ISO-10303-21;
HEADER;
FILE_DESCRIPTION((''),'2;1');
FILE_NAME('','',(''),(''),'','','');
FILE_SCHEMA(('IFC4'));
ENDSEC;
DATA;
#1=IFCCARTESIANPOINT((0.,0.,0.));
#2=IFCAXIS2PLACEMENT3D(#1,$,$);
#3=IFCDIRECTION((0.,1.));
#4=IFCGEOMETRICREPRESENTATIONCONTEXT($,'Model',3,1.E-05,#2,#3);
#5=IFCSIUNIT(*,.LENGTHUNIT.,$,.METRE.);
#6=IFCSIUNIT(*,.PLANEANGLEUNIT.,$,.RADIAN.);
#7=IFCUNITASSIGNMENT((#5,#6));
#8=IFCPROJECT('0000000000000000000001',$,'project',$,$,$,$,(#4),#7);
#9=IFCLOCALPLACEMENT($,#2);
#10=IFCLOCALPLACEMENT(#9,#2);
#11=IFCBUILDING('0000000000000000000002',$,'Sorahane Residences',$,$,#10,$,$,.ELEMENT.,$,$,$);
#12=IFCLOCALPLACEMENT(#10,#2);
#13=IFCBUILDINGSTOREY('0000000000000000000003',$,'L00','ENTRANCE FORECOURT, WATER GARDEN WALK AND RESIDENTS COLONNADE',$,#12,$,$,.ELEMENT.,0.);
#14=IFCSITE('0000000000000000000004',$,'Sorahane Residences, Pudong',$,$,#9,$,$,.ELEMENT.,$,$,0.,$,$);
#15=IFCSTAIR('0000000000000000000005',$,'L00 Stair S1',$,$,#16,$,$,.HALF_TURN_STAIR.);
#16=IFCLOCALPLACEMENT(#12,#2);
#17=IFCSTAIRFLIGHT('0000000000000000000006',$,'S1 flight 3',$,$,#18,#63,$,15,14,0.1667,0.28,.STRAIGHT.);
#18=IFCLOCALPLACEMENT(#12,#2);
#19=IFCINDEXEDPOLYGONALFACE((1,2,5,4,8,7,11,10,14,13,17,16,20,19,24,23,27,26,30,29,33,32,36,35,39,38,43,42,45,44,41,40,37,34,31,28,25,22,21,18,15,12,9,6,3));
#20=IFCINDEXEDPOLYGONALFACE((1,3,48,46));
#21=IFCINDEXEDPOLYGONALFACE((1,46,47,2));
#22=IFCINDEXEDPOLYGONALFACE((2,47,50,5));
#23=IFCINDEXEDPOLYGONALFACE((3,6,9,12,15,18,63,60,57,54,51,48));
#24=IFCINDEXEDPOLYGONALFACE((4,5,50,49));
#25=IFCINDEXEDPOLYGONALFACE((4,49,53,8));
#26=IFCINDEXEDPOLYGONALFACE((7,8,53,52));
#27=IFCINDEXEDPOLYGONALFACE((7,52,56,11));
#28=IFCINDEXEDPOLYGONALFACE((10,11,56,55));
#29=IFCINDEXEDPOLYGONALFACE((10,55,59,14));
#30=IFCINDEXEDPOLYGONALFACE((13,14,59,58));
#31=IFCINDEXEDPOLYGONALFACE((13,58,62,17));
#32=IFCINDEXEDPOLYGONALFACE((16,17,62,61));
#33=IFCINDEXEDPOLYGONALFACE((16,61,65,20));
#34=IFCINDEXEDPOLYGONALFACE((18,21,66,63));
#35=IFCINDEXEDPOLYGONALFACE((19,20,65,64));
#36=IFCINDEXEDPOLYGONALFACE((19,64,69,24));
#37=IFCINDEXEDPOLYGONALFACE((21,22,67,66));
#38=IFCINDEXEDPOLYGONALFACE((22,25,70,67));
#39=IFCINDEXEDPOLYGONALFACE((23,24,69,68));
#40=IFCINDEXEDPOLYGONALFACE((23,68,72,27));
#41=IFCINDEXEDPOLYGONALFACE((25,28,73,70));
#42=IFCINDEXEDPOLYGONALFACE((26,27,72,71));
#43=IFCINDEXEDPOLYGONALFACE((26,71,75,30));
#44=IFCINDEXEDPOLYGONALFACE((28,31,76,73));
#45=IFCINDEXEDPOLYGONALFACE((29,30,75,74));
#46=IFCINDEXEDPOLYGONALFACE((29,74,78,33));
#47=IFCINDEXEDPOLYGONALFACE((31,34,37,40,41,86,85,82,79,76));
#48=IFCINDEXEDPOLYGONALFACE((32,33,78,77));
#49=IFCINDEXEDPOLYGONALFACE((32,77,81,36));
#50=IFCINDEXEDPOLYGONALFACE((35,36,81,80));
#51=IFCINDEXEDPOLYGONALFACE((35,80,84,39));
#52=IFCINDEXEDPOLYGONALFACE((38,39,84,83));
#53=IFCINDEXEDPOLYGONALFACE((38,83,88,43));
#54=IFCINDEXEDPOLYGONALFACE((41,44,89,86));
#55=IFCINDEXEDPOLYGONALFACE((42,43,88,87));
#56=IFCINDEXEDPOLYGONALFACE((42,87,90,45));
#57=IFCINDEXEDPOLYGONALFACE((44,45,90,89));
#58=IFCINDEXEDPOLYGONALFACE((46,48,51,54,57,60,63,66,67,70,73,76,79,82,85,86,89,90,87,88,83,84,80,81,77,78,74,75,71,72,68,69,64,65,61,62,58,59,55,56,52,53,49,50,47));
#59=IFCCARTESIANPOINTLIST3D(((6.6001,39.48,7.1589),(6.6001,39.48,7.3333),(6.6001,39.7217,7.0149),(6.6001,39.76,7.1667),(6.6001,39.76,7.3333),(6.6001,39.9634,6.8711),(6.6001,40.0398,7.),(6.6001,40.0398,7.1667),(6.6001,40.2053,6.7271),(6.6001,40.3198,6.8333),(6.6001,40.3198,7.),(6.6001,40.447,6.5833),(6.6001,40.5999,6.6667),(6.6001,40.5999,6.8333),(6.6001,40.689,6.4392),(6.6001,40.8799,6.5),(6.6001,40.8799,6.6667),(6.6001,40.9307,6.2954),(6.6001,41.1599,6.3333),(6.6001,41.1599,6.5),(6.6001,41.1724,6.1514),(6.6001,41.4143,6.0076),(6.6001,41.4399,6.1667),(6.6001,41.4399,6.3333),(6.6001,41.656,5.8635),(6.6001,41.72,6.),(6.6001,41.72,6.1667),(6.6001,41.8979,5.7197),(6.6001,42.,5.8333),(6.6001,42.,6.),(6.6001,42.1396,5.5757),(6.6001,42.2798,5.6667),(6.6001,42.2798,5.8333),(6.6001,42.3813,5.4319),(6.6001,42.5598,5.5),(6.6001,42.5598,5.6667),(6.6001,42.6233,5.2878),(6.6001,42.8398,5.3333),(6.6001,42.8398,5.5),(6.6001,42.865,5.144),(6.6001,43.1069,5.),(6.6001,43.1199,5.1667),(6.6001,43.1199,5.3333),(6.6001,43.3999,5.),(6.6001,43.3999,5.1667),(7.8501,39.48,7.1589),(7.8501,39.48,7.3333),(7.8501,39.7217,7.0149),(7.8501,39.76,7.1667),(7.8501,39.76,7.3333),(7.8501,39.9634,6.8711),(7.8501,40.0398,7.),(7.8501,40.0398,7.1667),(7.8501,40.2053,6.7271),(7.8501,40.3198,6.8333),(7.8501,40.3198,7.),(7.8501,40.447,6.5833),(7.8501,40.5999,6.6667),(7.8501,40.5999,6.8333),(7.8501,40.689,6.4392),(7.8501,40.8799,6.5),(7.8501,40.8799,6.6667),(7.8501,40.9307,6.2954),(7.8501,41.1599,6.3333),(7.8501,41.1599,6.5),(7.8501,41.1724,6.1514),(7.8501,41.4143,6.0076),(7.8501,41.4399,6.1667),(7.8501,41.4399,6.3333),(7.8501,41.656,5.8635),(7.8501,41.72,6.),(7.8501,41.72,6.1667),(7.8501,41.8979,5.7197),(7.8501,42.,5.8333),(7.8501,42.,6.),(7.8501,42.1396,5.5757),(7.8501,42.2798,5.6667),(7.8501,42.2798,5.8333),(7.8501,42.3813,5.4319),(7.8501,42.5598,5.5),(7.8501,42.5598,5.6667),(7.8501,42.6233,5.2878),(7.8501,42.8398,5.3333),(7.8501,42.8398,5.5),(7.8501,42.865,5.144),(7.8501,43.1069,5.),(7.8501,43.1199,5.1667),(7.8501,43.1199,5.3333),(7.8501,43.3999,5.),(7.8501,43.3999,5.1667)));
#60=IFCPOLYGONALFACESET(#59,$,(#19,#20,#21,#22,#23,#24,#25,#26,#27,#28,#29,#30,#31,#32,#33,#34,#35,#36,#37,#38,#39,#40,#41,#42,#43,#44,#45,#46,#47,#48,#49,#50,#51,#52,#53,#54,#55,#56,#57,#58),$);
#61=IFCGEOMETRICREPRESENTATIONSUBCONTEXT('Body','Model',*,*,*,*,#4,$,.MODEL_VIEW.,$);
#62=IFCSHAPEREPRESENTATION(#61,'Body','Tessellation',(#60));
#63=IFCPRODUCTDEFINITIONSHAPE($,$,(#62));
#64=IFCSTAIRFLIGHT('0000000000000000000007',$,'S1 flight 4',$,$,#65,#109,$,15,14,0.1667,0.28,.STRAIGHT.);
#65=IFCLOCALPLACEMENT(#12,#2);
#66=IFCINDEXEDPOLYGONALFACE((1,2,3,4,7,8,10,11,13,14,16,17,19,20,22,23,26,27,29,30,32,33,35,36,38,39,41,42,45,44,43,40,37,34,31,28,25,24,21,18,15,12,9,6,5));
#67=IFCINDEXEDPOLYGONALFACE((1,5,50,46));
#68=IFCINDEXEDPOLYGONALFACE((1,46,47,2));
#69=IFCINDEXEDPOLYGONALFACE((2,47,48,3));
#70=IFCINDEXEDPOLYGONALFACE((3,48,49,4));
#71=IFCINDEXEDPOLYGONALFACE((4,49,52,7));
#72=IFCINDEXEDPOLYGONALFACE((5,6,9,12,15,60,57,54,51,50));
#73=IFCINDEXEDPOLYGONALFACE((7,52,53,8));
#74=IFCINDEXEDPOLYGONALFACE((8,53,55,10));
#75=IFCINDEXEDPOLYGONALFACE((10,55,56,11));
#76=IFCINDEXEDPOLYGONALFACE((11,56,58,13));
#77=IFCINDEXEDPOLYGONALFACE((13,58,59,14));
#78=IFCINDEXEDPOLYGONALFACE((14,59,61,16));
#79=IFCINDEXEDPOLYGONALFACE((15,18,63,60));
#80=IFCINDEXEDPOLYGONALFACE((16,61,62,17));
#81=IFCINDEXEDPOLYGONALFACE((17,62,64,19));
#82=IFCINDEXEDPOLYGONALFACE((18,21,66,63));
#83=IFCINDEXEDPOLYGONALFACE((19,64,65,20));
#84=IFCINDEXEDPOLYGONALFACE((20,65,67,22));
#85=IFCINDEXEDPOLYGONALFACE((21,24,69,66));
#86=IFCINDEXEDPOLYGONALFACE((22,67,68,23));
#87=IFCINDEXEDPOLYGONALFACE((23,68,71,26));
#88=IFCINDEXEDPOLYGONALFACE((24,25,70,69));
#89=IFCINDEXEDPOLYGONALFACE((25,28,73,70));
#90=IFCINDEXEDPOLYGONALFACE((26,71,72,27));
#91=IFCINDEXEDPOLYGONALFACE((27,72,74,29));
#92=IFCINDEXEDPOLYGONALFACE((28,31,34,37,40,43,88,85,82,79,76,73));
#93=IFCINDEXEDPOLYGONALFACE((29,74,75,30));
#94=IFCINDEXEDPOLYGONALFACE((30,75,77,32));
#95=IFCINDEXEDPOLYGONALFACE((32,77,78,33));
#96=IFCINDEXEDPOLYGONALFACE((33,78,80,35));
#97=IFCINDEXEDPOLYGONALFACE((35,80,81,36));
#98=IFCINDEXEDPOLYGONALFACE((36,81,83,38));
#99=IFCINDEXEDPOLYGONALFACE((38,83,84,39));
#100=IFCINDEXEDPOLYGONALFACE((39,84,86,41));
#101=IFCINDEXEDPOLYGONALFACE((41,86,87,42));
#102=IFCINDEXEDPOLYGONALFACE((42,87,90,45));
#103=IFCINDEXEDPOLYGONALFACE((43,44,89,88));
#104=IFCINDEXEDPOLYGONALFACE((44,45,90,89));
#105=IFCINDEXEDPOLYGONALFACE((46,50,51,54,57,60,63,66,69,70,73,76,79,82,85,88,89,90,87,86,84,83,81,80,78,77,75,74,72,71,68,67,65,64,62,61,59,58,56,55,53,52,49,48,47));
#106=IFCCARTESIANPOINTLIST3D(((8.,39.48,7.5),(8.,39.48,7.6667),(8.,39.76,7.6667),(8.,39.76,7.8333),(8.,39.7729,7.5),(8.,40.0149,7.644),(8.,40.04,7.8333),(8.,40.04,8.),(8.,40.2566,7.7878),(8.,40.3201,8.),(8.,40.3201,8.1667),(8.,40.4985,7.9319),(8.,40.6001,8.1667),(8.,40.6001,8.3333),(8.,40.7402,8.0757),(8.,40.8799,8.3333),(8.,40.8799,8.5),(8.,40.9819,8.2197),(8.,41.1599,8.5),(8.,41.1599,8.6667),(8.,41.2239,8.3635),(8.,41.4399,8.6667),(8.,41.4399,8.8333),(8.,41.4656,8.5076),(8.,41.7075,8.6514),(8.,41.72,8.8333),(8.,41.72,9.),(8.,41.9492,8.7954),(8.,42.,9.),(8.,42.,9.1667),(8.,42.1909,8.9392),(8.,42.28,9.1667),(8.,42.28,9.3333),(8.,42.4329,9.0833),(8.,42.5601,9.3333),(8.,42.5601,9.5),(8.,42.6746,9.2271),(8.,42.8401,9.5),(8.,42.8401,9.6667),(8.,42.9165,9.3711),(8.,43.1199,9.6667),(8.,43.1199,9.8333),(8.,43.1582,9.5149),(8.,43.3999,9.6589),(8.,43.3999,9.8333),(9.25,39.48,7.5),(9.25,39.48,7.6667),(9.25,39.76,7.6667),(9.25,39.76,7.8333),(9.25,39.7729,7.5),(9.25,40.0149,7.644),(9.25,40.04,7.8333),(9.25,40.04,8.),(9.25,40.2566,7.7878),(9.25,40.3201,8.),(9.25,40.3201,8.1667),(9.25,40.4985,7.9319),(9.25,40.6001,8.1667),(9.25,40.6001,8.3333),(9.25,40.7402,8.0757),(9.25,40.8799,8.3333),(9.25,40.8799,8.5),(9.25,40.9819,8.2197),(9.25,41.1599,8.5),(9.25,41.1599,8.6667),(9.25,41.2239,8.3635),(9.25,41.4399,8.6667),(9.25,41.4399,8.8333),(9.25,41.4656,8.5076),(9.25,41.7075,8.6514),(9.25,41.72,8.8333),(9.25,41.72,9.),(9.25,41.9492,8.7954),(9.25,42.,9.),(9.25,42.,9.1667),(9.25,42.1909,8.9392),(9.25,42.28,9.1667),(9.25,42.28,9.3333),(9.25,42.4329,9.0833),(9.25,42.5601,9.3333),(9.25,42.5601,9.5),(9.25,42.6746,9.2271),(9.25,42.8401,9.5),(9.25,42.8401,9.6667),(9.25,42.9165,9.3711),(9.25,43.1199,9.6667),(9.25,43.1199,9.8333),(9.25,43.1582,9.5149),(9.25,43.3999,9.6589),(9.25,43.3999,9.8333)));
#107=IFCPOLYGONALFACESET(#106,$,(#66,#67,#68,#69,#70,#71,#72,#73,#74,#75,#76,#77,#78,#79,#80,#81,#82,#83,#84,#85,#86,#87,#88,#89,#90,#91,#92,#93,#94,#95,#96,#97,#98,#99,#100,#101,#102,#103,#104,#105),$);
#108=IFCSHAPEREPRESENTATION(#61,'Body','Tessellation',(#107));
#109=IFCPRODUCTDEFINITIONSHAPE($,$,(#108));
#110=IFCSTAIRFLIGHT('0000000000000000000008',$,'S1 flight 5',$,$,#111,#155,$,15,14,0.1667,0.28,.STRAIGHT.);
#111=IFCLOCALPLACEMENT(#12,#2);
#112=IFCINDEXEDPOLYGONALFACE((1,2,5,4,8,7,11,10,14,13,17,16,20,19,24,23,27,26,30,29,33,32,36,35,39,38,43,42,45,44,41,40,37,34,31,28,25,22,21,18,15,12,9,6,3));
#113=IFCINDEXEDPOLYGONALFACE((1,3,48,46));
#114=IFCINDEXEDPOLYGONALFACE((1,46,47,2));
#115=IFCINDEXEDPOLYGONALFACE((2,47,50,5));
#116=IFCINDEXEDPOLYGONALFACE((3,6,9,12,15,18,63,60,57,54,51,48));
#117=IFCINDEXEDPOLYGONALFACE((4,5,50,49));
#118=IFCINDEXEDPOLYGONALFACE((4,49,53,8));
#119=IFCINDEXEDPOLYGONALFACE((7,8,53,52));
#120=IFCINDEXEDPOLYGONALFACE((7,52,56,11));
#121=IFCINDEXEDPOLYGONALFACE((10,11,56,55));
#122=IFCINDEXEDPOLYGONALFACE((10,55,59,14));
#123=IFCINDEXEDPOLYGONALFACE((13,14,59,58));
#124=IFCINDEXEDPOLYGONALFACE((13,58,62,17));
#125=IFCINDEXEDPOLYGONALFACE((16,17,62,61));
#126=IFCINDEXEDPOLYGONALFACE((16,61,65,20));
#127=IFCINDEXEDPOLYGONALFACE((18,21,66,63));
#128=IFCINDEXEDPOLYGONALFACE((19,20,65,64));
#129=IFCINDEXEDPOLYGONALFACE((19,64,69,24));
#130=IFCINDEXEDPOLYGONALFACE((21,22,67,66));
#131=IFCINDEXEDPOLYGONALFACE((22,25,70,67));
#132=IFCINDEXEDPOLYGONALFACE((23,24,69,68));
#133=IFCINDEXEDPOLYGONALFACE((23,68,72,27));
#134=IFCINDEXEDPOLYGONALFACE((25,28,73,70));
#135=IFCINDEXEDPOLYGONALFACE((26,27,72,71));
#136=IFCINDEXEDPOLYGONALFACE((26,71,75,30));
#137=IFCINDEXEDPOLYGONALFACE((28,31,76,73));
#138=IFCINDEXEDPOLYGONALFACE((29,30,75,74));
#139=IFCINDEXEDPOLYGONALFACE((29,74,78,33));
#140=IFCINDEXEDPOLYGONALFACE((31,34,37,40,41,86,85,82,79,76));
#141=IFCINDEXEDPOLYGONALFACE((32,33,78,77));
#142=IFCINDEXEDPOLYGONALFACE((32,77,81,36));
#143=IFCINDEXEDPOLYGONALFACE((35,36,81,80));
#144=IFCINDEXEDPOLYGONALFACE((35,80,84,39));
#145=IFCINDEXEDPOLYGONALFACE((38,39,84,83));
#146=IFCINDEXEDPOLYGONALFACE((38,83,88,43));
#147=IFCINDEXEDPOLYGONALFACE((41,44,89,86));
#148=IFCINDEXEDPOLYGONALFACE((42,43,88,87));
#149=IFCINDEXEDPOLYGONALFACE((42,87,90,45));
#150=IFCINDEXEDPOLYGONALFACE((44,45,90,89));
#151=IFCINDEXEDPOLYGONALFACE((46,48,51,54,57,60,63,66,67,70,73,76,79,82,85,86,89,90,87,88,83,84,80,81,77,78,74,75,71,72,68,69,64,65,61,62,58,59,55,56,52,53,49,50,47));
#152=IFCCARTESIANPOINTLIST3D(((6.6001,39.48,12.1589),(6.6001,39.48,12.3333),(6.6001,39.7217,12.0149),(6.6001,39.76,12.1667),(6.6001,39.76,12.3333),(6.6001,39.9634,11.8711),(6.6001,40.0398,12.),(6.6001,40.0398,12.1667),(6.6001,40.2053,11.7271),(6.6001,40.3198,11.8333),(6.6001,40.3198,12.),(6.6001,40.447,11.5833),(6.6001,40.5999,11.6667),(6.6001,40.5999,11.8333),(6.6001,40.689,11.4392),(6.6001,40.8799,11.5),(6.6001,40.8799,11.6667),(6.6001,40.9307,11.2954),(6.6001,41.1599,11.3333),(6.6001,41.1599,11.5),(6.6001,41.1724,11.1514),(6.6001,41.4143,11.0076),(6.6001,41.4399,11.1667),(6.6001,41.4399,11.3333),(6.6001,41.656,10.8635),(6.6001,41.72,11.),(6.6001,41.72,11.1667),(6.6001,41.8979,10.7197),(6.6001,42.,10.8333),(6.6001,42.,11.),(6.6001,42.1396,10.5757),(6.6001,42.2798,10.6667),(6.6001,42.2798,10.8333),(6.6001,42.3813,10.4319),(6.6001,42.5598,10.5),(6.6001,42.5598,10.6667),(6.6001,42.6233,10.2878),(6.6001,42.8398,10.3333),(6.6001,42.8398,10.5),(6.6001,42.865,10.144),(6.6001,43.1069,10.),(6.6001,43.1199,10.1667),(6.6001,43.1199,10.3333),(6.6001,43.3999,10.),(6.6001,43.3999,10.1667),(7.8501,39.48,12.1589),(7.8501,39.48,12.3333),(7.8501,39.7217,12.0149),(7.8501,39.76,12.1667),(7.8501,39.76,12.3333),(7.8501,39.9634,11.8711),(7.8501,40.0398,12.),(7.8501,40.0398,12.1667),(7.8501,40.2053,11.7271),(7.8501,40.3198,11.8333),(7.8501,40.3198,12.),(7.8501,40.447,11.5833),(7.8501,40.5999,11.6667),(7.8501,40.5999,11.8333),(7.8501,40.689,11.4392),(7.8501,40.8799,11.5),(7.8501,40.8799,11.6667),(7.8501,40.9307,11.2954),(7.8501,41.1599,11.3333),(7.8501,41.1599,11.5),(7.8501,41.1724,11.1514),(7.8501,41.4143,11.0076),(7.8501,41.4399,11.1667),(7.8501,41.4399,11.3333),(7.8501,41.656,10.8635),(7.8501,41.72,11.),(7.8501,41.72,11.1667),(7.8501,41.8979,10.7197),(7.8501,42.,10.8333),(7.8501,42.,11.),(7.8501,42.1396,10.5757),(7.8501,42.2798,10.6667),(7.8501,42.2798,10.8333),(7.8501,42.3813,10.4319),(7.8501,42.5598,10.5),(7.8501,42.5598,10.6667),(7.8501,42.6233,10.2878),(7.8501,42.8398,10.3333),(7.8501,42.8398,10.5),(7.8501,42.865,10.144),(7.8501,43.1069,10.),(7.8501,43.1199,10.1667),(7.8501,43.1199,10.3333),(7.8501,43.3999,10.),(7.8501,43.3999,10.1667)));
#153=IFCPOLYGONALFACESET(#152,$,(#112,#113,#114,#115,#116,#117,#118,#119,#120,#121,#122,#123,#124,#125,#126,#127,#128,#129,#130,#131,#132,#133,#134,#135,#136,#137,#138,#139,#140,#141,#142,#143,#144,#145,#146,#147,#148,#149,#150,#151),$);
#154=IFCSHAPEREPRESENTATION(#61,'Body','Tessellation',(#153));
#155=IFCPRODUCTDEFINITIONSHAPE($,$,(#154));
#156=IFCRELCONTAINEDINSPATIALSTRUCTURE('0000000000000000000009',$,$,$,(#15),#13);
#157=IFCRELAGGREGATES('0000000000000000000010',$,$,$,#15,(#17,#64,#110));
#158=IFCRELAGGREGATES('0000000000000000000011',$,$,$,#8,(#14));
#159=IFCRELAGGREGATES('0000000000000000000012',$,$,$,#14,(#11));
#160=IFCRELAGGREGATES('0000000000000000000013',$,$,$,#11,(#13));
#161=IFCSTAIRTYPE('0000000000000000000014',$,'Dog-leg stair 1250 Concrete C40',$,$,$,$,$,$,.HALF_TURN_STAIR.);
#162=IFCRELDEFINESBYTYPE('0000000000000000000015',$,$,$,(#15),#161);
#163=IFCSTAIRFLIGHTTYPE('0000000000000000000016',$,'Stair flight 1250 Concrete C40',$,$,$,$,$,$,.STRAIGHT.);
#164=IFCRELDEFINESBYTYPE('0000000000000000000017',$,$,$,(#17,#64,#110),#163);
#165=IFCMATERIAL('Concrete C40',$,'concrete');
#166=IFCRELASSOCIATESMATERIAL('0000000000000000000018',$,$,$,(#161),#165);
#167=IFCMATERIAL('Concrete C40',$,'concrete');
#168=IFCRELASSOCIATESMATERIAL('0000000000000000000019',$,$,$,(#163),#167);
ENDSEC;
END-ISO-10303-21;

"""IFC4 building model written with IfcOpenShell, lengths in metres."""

from ifc_helpers import new_model, si_unit, direction, frame, origin, place, context, subcontext, project, spatial, polyline, outline, extrude, material, type_object, element, aggregate, save


model = new_model("IFC4")

# Units and contexts
model_context = context("Model", 3, precision=1e-05, world=origin(), true_north=direction((0.0, 1.0)))
body_context = subcontext(model_context, "Body", "Model", "MODEL_VIEW")
ifc_project = project(units=[si_unit("LENGTHUNIT", "METRE"), si_unit("PLANEANGLEUNIT", "RADIAN")], contexts=[model_context])

# Site, building, storey
site_placement = place(None, origin())
site = spatial("IfcSite", under=ifc_project, at=site_placement, Name="Sorahane Residences, Pudong", CompositionType="ELEMENT", RefElevation=0.0)
building_placement = place(site_placement, origin())
building = spatial("IfcBuilding", under=site, at=building_placement, Name="Sorahane Residences", CompositionType="ELEMENT")
storey_placement = place(building_placement, origin())
storey = spatial("IfcBuildingStorey", under=building, at=storey_placement, Name="L00", Description="ENTRANCE FORECOURT, WATER GARDEN WALK AND RESIDENTS COLONNADE", CompositionType="ELEMENT", Elevation=0.0)

# Stair, stair flights
ifc_material_1 = material(Name="Concrete C40", Category="concrete")
stair_type = type_object("IfcStairType", Name="Dog-leg stair 1250 Concrete C40", PredefinedType="HALF_TURN_STAIR", material=ifc_material_1)
stair_placement = place(storey_placement, origin())
stair = element("IfcStair", 1, at=stair_placement, inside=storey, type_object=stair_type, Name="L00 Stair S1", PredefinedType="HALF_TURN_STAIR")
ifc_material_2 = material(Name="Concrete C40", Category="concrete")
stair_flight_type = type_object("IfcStairFlightType", Name="Stair flight 1250 Concrete C40", PredefinedType="STRAIGHT", material=ifc_material_2)
stair_flight_1_placement = place(storey_placement, frame((7.2251, 43.3999, 5.0), z_axis=(0.0, 0.0, 1.0), x_axis=(0.0, -1.0, 0.0)))
stair_flight_1 = element("IfcStairFlight", 2, at=stair_flight_1_placement, type_object=stair_flight_type, Name="S1 flight 3", NumberOfRisers=15, NumberOfTreads=14, PredefinedType="STRAIGHT", RiserHeight=0.1667, TreadLength=0.28, context=body_context, shape_type="SweptSolid", body=[
    extrude(outline(polyline([(0.0, 0.0), (0.0, 0.1667), (0.28, 0.1667), (0.28, 0.3333), (0.5601, 0.3333), (0.5601, 0.5), (0.8401, 0.5), (0.8401, 0.6667), (1.1201, 0.6667), (1.1201, 0.8333), (1.3999, 0.8333), (1.3999, 1.0), (1.6799, 1.0), (1.6799, 1.1667), (1.96, 1.1667), (1.96, 1.3333), (2.24, 1.3333), (2.24, 1.5), (2.52, 1.5), (2.52, 1.6667), (2.8, 1.6667), (2.8, 1.8333), (3.0801, 1.8333), (3.0801, 2.0), (3.3601, 2.0), (3.3601, 2.1667), (3.6399, 2.1667), (3.6399, 2.3333), (3.9199, 2.3333), (3.9199, 2.5), (3.9199, 2.1589), (3.6782, 2.0149), (3.4365, 1.8711), (3.1946, 1.7271), (2.9529, 1.5833), (2.7109, 1.4392), (2.4692, 1.2954), (2.2275, 1.1514), (1.9856, 1.0076), (1.7439, 0.8635), (1.502, 0.7197), (1.2603, 0.5757), (1.0186, 0.4319), (0.7766, 0.2878), (0.5349, 0.144), (0.293, 0.0), (0.0, 0.0)])), frame((0.0, 0.625, 0.0), z_axis=(0.0, -1.0, 0.0), x_axis=(1.0, 0.0, 0.0)), (0.0, 0.0, 1.0), 1.25),
])
stair_flight_2_placement = place(storey_placement, frame((8.625, 39.48, 7.5), z_axis=(0.0, 0.0, 1.0), x_axis=(0.0, 1.0, 0.0)))
stair_flight_2 = element("IfcStairFlight", 3, at=stair_flight_2_placement, type_object=stair_flight_type, Name="S1 flight 4", NumberOfRisers=15, NumberOfTreads=14, PredefinedType="STRAIGHT", RiserHeight=0.1667, TreadLength=0.28, context=body_context, shape_type="SweptSolid", body=[
    extrude(outline(polyline([(0.0, 0.0), (0.0, 0.1667), (0.28, 0.1667), (0.28, 0.3333), (0.5601, 0.3333), (0.5601, 0.5), (0.8401, 0.5), (0.8401, 0.6667), (1.1201, 0.6667), (1.1201, 0.8333), (1.3999, 0.8333), (1.3999, 1.0), (1.6799, 1.0), (1.6799, 1.1667), (1.96, 1.1667), (1.96, 1.3333), (2.24, 1.3333), (2.24, 1.5), (2.52, 1.5), (2.52, 1.6667), (2.8, 1.6667), (2.8, 1.8333), (3.0801, 1.8333), (3.0801, 2.0), (3.3601, 2.0), (3.3601, 2.1667), (3.6399, 2.1667), (3.6399, 2.3333), (3.9199, 2.3333), (3.9199, 2.5), (3.9199, 2.1589), (3.6782, 2.0149), (3.4365, 1.8711), (3.1946, 1.7271), (2.9529, 1.5833), (2.7109, 1.4392), (2.4692, 1.2954), (2.2275, 1.1514), (1.9856, 1.0076), (1.7439, 0.8635), (1.502, 0.7197), (1.2603, 0.5757), (1.0186, 0.4319), (0.7766, 0.2878), (0.5349, 0.144), (0.293, 0.0), (0.0, 0.0)])), frame((0.0, 0.625, 0.0), z_axis=(0.0, -1.0, 0.0), x_axis=(1.0, 0.0, 0.0)), (0.0, 0.0, 1.0), 1.25),
])
stair_flight_3_placement = place(storey_placement, frame((7.2251, 43.3999, 10.0), z_axis=(0.0, 0.0, 1.0), x_axis=(0.0, -1.0, 0.0)))
stair_flight_3 = element("IfcStairFlight", 4, at=stair_flight_3_placement, type_object=stair_flight_type, Name="S1 flight 5", NumberOfRisers=15, NumberOfTreads=14, PredefinedType="STRAIGHT", RiserHeight=0.1667, TreadLength=0.28, context=body_context, shape_type="SweptSolid", body=[
    extrude(outline(polyline([(0.0, 0.0), (0.0, 0.1667), (0.28, 0.1667), (0.28, 0.3333), (0.5601, 0.3333), (0.5601, 0.5), (0.8401, 0.5), (0.8401, 0.6667), (1.1201, 0.6667), (1.1201, 0.8333), (1.3999, 0.8333), (1.3999, 1.0), (1.6799, 1.0), (1.6799, 1.1667), (1.96, 1.1667), (1.96, 1.3333), (2.24, 1.3333), (2.24, 1.5), (2.52, 1.5), (2.52, 1.6667), (2.8, 1.6667), (2.8, 1.8333), (3.0801, 1.8333), (3.0801, 2.0), (3.3601, 2.0), (3.3601, 2.1667), (3.6399, 2.1667), (3.6399, 2.3333), (3.9199, 2.3333), (3.9199, 2.5), (3.9199, 2.1589), (3.6782, 2.0149), (3.4365, 1.8711), (3.1946, 1.7271), (2.9529, 1.5833), (2.7109, 1.4392), (2.4692, 1.2954), (2.2275, 1.1514), (1.9856, 1.0076), (1.7439, 0.8635), (1.502, 0.7197), (1.2603, 0.5757), (1.0186, 0.4319), (0.7766, 0.2878), (0.5349, 0.144), (0.293, 0.0), (0.0, 0.0)])), frame((0.0, 0.625, 0.0), z_axis=(0.0, -1.0, 0.0), x_axis=(1.0, 0.0, 0.0)), (0.0, 0.0, 1.0), 1.25),
])
aggregate(stair, [stair_flight_1, stair_flight_2, stair_flight_3])

save(model, "model.ifc")
